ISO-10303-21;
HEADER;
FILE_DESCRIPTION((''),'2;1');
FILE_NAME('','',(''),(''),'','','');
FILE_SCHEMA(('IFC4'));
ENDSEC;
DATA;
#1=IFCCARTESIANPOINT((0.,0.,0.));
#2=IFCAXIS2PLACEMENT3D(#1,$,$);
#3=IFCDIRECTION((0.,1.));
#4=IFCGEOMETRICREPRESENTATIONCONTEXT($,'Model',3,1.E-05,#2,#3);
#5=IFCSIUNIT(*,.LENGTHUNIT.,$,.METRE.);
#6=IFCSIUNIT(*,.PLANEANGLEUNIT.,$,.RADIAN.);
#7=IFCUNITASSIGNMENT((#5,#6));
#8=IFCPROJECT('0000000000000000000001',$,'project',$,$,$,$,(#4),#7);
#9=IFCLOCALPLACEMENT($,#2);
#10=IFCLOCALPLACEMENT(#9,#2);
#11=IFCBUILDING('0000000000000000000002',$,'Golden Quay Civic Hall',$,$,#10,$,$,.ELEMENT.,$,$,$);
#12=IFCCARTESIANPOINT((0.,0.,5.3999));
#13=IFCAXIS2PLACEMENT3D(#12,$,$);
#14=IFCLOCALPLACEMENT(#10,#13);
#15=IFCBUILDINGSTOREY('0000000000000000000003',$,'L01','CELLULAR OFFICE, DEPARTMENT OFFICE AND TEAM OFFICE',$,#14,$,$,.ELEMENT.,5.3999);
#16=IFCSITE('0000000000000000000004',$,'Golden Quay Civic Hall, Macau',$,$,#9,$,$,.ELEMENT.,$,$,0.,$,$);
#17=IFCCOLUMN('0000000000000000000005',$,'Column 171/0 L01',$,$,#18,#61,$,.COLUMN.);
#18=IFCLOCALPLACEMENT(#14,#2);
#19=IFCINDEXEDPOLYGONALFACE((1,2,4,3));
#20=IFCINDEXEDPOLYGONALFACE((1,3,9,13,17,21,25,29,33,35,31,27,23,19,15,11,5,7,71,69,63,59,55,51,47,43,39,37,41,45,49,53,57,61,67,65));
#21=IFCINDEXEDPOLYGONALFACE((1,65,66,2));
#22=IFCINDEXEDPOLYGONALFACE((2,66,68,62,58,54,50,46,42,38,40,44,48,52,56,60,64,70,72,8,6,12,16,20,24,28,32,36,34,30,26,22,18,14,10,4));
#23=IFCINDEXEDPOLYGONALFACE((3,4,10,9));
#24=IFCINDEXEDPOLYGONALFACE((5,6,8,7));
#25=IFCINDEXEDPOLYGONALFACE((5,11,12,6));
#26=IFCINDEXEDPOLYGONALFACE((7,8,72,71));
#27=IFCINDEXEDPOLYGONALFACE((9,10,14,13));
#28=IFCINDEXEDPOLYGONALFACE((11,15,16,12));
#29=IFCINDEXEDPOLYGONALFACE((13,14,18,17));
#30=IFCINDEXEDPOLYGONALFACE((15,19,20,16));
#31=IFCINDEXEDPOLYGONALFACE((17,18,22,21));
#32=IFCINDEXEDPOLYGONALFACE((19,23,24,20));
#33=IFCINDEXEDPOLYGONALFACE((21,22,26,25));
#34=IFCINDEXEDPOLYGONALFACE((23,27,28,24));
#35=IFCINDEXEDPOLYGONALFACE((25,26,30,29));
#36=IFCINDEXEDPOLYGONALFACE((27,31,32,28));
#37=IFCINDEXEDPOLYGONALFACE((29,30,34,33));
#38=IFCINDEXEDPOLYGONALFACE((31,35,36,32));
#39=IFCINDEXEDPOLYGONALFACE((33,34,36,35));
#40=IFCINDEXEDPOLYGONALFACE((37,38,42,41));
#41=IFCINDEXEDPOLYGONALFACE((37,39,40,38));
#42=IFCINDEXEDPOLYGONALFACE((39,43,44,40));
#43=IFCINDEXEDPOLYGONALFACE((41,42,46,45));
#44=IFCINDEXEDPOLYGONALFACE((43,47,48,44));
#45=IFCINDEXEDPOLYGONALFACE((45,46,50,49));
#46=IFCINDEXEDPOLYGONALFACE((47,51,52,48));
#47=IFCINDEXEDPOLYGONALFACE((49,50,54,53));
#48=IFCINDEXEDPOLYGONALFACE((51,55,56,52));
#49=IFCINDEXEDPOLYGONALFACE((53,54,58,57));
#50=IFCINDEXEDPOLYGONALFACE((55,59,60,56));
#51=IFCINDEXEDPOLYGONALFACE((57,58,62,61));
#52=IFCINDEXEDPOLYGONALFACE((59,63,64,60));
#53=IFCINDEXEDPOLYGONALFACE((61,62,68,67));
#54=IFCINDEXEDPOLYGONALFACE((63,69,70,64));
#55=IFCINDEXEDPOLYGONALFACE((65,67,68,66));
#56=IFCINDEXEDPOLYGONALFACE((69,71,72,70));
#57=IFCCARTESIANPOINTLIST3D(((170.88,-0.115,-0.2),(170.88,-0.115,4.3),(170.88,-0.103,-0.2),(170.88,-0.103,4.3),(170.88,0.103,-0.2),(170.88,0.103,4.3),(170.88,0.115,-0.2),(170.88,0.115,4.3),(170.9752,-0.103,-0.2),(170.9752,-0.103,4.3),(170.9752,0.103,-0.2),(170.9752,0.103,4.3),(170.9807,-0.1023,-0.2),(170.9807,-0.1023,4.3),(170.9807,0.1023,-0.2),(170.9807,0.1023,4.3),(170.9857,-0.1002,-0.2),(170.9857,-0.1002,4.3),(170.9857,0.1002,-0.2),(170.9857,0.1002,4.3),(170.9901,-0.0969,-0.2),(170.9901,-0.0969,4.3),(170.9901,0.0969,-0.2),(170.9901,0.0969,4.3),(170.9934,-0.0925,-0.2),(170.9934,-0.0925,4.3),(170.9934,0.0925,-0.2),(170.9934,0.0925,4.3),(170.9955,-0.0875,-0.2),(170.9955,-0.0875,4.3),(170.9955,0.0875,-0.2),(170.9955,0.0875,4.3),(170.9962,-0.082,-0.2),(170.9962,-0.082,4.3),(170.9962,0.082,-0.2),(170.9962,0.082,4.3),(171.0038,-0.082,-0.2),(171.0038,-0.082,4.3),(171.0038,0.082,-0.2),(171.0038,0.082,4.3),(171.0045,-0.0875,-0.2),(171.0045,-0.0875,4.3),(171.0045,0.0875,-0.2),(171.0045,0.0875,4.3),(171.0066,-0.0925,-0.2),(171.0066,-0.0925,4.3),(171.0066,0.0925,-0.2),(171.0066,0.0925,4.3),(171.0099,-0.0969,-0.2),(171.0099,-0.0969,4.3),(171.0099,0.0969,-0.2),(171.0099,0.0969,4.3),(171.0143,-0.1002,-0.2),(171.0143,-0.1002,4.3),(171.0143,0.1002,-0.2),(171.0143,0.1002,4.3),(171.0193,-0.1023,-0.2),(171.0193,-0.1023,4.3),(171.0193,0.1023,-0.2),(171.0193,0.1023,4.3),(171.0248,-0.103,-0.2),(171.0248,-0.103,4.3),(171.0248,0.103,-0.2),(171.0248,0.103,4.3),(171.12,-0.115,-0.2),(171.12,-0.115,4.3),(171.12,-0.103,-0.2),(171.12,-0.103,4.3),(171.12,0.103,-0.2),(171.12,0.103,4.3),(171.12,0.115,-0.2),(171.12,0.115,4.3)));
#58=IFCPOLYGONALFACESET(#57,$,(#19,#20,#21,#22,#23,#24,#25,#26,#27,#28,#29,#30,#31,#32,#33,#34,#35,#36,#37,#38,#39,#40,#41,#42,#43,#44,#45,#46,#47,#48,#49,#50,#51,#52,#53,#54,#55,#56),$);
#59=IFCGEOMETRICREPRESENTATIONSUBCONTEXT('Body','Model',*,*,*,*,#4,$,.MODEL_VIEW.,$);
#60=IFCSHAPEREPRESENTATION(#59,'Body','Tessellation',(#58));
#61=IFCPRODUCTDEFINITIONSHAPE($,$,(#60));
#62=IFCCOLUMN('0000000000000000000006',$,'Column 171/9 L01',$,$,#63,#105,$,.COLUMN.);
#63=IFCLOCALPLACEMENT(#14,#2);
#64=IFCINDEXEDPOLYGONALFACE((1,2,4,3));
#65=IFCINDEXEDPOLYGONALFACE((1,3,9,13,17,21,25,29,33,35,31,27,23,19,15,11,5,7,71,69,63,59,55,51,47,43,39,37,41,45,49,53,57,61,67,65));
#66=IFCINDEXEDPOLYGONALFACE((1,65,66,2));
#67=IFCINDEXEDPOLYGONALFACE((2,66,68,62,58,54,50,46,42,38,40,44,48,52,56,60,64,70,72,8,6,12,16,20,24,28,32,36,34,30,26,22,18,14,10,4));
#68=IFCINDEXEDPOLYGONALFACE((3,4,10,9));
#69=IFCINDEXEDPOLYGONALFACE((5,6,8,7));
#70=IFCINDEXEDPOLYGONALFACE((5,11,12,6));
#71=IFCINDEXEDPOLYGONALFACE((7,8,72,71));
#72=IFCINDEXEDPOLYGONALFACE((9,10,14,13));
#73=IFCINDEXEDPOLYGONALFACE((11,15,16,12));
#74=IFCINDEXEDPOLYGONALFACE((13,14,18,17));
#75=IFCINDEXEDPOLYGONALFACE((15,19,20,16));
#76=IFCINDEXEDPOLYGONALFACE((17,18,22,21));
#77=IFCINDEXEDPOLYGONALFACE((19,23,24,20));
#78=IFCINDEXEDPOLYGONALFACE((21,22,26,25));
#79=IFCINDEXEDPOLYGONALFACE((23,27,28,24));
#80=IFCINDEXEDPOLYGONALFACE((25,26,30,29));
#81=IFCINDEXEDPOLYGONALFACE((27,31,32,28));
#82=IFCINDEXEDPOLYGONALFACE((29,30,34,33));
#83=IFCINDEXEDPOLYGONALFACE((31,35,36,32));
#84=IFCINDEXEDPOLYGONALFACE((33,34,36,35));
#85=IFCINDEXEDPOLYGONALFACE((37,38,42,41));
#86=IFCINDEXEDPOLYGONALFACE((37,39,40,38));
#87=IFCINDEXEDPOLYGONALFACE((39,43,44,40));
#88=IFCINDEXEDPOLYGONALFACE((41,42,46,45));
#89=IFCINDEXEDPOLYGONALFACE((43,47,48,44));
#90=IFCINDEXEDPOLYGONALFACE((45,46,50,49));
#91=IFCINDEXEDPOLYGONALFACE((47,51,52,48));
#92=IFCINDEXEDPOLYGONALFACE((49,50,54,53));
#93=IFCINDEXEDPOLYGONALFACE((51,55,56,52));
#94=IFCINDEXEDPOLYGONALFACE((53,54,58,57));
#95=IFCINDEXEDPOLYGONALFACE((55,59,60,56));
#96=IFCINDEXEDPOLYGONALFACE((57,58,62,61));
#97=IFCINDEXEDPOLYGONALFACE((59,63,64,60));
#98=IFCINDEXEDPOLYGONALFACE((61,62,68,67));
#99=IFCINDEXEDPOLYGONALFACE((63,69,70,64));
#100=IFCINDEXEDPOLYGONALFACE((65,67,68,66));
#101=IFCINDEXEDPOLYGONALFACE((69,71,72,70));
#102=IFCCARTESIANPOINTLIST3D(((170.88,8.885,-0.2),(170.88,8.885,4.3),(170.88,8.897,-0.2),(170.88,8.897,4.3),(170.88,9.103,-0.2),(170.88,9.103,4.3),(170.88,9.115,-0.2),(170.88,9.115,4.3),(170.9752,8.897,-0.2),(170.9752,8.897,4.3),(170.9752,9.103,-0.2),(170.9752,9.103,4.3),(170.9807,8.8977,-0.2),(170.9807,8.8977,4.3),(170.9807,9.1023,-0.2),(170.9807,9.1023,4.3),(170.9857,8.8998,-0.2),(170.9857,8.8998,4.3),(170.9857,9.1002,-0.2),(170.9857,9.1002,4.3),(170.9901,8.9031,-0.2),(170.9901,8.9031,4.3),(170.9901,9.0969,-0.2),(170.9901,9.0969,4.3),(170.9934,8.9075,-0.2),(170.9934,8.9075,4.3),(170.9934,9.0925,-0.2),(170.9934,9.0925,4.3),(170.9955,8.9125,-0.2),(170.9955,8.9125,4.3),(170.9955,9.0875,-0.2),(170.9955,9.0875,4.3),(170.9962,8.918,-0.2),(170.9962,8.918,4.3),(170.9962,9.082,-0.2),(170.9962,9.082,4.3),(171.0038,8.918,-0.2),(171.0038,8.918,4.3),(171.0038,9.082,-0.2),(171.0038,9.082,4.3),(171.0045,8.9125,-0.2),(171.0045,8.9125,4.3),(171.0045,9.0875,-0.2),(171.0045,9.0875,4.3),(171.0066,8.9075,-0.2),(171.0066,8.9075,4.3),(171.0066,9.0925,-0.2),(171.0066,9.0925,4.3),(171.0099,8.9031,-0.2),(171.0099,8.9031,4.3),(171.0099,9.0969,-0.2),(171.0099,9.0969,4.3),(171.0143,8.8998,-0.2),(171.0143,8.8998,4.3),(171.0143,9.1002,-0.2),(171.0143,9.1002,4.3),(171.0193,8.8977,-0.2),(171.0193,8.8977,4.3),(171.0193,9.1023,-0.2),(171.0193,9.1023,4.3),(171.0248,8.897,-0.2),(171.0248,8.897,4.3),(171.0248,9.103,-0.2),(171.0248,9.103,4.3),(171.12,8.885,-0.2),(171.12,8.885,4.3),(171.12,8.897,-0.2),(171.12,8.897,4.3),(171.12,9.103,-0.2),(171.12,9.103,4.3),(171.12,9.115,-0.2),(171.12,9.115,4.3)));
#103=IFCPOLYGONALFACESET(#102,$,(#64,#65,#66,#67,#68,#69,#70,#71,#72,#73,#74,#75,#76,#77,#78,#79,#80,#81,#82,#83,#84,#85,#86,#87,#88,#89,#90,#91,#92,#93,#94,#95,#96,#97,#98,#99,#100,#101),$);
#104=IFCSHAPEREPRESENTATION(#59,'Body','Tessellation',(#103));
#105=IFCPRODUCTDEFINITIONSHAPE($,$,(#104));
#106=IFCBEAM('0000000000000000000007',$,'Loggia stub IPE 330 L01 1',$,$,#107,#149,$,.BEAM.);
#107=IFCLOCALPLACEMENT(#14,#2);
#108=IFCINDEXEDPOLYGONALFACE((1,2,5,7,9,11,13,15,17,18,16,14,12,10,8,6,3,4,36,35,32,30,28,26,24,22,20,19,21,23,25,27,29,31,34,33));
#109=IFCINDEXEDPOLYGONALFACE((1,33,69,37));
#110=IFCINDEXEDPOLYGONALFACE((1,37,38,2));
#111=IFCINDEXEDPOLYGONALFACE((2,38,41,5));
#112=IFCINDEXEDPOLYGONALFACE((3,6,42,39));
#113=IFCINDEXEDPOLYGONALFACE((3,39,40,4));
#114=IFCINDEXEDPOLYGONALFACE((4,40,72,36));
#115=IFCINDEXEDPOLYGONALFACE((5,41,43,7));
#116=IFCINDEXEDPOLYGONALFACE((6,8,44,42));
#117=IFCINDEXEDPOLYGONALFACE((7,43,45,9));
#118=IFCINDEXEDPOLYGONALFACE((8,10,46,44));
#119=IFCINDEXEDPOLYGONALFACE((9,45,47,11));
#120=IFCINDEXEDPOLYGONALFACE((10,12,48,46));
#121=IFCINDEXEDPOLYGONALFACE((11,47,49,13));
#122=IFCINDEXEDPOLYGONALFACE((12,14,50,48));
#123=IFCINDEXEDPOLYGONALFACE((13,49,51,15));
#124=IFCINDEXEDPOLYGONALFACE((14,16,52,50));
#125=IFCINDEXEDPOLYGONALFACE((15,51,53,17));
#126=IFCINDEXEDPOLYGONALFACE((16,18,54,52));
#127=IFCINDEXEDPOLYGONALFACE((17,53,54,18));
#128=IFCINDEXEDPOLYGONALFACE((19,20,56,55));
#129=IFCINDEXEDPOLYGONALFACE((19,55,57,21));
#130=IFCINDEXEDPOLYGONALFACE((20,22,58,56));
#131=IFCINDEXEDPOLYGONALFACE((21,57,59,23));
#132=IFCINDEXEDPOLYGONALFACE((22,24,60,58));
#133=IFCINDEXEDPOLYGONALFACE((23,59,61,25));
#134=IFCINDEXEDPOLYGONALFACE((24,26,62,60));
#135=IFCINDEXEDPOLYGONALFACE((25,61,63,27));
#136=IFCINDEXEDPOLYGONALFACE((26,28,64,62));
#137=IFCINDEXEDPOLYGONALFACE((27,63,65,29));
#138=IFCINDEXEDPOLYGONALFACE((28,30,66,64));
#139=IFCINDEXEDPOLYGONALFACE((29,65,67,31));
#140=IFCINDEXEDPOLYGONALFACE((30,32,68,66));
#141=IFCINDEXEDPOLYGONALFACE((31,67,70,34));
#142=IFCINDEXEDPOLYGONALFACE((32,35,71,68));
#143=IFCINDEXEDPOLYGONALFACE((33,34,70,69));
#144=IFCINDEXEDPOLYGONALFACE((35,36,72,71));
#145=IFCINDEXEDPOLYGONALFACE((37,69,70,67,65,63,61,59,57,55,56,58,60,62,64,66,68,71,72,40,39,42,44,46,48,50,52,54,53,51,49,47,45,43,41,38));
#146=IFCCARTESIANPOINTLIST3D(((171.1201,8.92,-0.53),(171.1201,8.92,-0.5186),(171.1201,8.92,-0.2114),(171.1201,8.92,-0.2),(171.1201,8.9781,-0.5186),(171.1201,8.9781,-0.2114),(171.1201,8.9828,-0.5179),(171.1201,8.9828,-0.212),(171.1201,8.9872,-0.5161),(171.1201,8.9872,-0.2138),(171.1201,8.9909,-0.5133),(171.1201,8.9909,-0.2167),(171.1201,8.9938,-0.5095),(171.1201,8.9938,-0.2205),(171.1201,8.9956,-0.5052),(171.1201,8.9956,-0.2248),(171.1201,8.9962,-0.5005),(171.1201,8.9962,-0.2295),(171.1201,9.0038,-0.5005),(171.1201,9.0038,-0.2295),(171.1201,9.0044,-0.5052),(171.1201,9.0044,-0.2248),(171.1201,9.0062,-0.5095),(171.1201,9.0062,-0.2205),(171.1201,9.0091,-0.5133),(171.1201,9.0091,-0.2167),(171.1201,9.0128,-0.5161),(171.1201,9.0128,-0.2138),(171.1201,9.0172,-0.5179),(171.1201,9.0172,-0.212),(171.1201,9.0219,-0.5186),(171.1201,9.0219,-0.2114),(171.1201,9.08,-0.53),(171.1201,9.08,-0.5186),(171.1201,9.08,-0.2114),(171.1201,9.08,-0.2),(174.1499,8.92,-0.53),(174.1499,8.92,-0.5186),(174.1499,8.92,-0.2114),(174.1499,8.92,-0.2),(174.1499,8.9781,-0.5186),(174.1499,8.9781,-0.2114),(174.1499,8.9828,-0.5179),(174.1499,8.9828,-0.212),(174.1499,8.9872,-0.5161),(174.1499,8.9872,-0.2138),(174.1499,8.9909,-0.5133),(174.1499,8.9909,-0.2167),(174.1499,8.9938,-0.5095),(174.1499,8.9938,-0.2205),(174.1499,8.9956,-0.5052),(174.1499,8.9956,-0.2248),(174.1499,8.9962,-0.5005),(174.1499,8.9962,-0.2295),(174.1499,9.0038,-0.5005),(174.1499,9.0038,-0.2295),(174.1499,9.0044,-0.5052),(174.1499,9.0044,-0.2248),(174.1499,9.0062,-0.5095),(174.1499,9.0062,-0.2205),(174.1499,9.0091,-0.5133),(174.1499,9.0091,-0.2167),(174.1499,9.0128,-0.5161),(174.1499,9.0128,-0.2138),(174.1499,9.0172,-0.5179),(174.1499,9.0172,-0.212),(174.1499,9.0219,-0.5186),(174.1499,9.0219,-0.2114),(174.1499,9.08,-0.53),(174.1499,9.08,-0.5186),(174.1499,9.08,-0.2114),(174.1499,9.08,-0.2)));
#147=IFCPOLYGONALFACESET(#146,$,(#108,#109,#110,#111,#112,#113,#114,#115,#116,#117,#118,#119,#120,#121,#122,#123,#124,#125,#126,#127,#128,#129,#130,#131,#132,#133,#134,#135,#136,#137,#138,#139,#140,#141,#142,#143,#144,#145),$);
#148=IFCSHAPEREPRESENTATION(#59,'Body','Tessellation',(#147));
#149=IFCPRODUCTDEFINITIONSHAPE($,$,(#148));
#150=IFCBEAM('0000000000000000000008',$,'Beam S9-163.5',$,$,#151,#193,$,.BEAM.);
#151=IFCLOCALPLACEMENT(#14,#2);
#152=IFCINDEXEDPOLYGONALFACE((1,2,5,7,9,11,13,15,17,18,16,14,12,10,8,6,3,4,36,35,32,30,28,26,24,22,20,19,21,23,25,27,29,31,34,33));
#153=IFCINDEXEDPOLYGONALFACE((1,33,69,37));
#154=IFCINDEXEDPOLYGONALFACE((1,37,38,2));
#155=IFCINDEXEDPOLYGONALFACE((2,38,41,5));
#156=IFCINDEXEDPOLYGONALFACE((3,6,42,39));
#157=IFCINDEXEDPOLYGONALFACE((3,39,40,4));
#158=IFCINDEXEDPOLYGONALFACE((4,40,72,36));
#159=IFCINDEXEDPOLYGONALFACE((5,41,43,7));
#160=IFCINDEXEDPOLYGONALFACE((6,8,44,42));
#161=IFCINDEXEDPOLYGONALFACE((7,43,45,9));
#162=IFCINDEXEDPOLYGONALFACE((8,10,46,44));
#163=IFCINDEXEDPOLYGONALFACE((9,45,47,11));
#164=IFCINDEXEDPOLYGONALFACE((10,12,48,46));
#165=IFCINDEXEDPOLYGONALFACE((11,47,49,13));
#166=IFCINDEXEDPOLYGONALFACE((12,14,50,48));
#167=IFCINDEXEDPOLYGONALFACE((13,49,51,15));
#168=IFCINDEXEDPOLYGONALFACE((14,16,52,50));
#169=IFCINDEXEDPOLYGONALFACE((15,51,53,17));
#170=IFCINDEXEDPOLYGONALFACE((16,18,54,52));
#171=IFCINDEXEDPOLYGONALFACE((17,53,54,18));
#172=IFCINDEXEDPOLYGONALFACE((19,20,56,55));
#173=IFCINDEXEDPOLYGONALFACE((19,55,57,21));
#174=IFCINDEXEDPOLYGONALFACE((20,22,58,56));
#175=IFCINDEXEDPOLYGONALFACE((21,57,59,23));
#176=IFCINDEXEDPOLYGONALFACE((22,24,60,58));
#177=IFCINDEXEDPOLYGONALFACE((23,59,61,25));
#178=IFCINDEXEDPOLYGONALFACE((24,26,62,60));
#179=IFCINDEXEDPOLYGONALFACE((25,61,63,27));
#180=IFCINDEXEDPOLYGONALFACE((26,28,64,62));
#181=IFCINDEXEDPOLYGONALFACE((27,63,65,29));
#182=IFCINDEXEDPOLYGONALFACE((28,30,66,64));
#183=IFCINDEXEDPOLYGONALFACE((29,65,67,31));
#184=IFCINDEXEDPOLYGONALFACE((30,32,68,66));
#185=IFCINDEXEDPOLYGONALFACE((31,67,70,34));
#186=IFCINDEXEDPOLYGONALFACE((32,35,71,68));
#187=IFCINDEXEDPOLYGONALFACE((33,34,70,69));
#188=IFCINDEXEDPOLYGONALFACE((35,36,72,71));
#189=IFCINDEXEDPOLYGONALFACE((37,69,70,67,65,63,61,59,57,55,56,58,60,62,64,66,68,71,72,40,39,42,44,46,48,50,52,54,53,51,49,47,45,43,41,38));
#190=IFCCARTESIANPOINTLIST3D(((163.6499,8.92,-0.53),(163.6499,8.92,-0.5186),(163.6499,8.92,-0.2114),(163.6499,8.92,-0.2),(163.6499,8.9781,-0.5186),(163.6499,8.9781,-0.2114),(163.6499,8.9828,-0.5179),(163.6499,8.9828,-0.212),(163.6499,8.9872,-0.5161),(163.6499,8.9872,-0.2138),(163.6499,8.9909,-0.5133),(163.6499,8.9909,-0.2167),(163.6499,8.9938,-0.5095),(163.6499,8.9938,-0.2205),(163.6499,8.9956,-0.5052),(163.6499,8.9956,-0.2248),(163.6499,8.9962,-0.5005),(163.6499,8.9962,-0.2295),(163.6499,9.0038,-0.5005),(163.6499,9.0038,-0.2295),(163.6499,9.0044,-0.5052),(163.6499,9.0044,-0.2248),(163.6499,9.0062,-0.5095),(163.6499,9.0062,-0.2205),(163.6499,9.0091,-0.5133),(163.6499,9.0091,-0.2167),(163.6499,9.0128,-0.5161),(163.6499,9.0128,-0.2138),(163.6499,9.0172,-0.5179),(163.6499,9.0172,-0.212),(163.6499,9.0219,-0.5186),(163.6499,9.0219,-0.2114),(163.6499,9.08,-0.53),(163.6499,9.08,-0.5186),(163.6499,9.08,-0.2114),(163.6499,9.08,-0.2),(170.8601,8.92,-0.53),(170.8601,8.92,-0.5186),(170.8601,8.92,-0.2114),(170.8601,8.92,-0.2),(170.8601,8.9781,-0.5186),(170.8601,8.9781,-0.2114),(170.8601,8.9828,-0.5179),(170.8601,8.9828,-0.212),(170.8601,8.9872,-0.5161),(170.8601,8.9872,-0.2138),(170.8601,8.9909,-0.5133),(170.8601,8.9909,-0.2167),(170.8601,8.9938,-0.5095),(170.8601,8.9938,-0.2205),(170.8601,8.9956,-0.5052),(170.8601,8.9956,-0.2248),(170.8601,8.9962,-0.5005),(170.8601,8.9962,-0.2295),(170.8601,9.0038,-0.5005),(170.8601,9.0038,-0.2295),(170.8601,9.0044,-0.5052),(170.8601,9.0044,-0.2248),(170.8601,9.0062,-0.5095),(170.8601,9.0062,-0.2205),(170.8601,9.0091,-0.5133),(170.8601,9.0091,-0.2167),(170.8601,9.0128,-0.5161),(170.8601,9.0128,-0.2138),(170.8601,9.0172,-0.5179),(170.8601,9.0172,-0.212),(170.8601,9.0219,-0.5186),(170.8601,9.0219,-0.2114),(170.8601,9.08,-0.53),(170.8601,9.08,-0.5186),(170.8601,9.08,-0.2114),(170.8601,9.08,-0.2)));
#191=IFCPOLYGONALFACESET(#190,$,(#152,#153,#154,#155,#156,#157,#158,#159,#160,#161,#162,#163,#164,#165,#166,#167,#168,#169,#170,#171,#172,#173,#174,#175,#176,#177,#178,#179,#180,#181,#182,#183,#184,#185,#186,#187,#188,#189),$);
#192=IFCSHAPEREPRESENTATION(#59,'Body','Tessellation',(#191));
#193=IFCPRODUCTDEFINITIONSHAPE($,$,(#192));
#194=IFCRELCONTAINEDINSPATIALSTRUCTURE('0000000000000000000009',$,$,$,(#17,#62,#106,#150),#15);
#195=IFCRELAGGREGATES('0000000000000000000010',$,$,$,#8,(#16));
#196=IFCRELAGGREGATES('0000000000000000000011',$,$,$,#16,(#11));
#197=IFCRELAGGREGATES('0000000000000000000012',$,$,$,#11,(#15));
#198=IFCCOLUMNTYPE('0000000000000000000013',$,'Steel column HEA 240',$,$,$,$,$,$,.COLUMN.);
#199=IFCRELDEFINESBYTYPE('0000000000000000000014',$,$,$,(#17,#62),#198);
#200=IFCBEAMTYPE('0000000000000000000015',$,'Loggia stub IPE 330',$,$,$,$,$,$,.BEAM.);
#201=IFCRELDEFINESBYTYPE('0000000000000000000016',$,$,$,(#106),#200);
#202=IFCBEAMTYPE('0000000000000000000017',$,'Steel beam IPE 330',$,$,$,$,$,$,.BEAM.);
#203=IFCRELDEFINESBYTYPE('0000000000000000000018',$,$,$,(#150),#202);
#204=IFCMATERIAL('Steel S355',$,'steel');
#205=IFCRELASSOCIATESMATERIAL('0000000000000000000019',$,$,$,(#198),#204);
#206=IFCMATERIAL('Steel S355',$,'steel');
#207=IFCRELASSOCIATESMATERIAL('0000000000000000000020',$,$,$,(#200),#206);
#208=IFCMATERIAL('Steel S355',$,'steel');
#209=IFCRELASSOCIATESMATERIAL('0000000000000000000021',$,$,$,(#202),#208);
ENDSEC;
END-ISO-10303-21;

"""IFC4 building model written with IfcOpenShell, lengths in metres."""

from ifc_helpers import new_model, si_unit, direction, frame, origin, origin_2d, place, context, subcontext, project, spatial, i_section, extrude, material, material_profile, profile_set, type_object, element, save


model = new_model("IFC4")

# Units and contexts
model_context = context("Model", 3, precision=1e-05, world=origin(), true_north=direction((0.0, 1.0)))
body_context = subcontext(model_context, "Body", "Model", "MODEL_VIEW")
ifc_project = project(units=[si_unit("LENGTHUNIT", "METRE"), si_unit("PLANEANGLEUNIT", "RADIAN")], contexts=[model_context])

# Site, building, storey
site_placement = place(None, origin())
site = spatial("IfcSite", under=ifc_project, at=site_placement, Name="Golden Quay Civic Hall, Macau", CompositionType="ELEMENT", RefElevation=0.0)
building_placement = place(site_placement, origin())
building = spatial("IfcBuilding", under=site, at=building_placement, Name="Golden Quay Civic Hall", CompositionType="ELEMENT")
storey_placement = place(building_placement, frame((0.0, 0.0, 5.3999)))
storey = spatial("IfcBuildingStorey", under=building, at=storey_placement, Name="L01", Description="CELLULAR OFFICE, DEPARTMENT OFFICE AND TEAM OFFICE", CompositionType="ELEMENT", Elevation=5.3999)

# Columns
ifc_material_1 = material(Name="Steel S355", Category="steel")
ifc_material_profile_1 = material_profile(ifc_material_1, i_section(OverallWidth=0.24, OverallDepth=0.23, WebThickness=0.0076, FlangeThickness=0.012, FilletRadius=0.021, at=origin_2d()), Name="HEA 240")
ifc_profile_set_1 = profile_set([ifc_material_profile_1], Name="Steel S355")
column_type = type_object("IfcColumnType", Name="Steel column HEA 240", PredefinedType="COLUMN", material=ifc_profile_set_1)
for number, where, z_axis, x_axis, name in (
    (1, (171.0, 0.0, -0.2), (0.0, 0.0, 1.0), (1.0, 0.0, 0.0), "Column 171/0 L01"),
    (2, (171.0, 9.0, -0.2), (0.0, 0.0, 1.0), (1.0, 0.0, 0.0), "Column 171/9 L01"),
):
    element("IfcColumn", number, at=place(storey_placement, frame(where, z_axis=z_axis, x_axis=x_axis)), inside=storey, type_object=column_type, Name=name, PredefinedType="COLUMN", context=body_context, shape_type="SweptSolid", body=[
        extrude(i_section(OverallWidth=0.24, OverallDepth=0.23, WebThickness=0.0076, FlangeThickness=0.012, FilletRadius=0.021, at=origin_2d()), origin(), (0.0, 0.0, 1.0), 4.5),
    ])

# Beams
ifc_material_2 = material(Name="Steel S355", Category="steel")
ifc_material_profile_2 = material_profile(ifc_material_2, i_section(OverallWidth=0.1599, OverallDepth=0.3301, WebThickness=0.0076, FlangeThickness=0.0115, FilletRadius=0.0181, at=origin_2d()), Name="IPE 330")
ifc_profile_set_2 = profile_set([ifc_material_profile_2], Name="Steel S355")
beam_type_1 = type_object("IfcBeamType", Name="Loggia stub IPE 330", PredefinedType="BEAM", material=ifc_profile_set_2)
beam_1_placement = place(storey_placement, frame((171.1201, 9.0, -0.365), z_axis=(1.0, 0.0, 0.0), x_axis=(0.0, 1.0, 0.0)))
element("IfcBeam", 3, at=beam_1_placement, inside=storey, type_object=beam_type_1, Name="Loggia stub IPE 330 L01 1", PredefinedType="BEAM", context=body_context, shape_type="SweptSolid", body=[
    extrude(i_section(OverallWidth=0.1599, OverallDepth=0.3301, WebThickness=0.0076, FlangeThickness=0.0115, FilletRadius=0.0181, at=origin_2d()), origin(), (0.0, 0.0, 1.0), 3.0298),
])
ifc_material_3 = material(Name="Steel S355", Category="steel")
ifc_material_profile_3 = material_profile(ifc_material_3, i_section(OverallWidth=0.1599, OverallDepth=0.3301, WebThickness=0.0076, FlangeThickness=0.0115, FilletRadius=0.0181, at=origin_2d()), Name="IPE 330")
ifc_profile_set_3 = profile_set([ifc_material_profile_3], Name="Steel S355")
beam_type_2 = type_object("IfcBeamType", Name="Steel beam IPE 330", PredefinedType="BEAM", material=ifc_profile_set_3)
beam_2_placement = place(storey_placement, frame((163.6499, 9.0, -0.365), z_axis=(1.0, 0.0, 0.0), x_axis=(0.0, 1.0, 0.0)))
element("IfcBeam", 4, at=beam_2_placement, inside=storey, type_object=beam_type_2, Name="Beam S9-163.5", PredefinedType="BEAM", context=body_context, shape_type="SweptSolid", body=[
    extrude(i_section(OverallWidth=0.1599, OverallDepth=0.3301, WebThickness=0.0076, FlangeThickness=0.0115, FilletRadius=0.0181, at=origin_2d()), origin(), (0.0, 0.0, 1.0), 7.2102),
])

save(model, "model.ifc")
